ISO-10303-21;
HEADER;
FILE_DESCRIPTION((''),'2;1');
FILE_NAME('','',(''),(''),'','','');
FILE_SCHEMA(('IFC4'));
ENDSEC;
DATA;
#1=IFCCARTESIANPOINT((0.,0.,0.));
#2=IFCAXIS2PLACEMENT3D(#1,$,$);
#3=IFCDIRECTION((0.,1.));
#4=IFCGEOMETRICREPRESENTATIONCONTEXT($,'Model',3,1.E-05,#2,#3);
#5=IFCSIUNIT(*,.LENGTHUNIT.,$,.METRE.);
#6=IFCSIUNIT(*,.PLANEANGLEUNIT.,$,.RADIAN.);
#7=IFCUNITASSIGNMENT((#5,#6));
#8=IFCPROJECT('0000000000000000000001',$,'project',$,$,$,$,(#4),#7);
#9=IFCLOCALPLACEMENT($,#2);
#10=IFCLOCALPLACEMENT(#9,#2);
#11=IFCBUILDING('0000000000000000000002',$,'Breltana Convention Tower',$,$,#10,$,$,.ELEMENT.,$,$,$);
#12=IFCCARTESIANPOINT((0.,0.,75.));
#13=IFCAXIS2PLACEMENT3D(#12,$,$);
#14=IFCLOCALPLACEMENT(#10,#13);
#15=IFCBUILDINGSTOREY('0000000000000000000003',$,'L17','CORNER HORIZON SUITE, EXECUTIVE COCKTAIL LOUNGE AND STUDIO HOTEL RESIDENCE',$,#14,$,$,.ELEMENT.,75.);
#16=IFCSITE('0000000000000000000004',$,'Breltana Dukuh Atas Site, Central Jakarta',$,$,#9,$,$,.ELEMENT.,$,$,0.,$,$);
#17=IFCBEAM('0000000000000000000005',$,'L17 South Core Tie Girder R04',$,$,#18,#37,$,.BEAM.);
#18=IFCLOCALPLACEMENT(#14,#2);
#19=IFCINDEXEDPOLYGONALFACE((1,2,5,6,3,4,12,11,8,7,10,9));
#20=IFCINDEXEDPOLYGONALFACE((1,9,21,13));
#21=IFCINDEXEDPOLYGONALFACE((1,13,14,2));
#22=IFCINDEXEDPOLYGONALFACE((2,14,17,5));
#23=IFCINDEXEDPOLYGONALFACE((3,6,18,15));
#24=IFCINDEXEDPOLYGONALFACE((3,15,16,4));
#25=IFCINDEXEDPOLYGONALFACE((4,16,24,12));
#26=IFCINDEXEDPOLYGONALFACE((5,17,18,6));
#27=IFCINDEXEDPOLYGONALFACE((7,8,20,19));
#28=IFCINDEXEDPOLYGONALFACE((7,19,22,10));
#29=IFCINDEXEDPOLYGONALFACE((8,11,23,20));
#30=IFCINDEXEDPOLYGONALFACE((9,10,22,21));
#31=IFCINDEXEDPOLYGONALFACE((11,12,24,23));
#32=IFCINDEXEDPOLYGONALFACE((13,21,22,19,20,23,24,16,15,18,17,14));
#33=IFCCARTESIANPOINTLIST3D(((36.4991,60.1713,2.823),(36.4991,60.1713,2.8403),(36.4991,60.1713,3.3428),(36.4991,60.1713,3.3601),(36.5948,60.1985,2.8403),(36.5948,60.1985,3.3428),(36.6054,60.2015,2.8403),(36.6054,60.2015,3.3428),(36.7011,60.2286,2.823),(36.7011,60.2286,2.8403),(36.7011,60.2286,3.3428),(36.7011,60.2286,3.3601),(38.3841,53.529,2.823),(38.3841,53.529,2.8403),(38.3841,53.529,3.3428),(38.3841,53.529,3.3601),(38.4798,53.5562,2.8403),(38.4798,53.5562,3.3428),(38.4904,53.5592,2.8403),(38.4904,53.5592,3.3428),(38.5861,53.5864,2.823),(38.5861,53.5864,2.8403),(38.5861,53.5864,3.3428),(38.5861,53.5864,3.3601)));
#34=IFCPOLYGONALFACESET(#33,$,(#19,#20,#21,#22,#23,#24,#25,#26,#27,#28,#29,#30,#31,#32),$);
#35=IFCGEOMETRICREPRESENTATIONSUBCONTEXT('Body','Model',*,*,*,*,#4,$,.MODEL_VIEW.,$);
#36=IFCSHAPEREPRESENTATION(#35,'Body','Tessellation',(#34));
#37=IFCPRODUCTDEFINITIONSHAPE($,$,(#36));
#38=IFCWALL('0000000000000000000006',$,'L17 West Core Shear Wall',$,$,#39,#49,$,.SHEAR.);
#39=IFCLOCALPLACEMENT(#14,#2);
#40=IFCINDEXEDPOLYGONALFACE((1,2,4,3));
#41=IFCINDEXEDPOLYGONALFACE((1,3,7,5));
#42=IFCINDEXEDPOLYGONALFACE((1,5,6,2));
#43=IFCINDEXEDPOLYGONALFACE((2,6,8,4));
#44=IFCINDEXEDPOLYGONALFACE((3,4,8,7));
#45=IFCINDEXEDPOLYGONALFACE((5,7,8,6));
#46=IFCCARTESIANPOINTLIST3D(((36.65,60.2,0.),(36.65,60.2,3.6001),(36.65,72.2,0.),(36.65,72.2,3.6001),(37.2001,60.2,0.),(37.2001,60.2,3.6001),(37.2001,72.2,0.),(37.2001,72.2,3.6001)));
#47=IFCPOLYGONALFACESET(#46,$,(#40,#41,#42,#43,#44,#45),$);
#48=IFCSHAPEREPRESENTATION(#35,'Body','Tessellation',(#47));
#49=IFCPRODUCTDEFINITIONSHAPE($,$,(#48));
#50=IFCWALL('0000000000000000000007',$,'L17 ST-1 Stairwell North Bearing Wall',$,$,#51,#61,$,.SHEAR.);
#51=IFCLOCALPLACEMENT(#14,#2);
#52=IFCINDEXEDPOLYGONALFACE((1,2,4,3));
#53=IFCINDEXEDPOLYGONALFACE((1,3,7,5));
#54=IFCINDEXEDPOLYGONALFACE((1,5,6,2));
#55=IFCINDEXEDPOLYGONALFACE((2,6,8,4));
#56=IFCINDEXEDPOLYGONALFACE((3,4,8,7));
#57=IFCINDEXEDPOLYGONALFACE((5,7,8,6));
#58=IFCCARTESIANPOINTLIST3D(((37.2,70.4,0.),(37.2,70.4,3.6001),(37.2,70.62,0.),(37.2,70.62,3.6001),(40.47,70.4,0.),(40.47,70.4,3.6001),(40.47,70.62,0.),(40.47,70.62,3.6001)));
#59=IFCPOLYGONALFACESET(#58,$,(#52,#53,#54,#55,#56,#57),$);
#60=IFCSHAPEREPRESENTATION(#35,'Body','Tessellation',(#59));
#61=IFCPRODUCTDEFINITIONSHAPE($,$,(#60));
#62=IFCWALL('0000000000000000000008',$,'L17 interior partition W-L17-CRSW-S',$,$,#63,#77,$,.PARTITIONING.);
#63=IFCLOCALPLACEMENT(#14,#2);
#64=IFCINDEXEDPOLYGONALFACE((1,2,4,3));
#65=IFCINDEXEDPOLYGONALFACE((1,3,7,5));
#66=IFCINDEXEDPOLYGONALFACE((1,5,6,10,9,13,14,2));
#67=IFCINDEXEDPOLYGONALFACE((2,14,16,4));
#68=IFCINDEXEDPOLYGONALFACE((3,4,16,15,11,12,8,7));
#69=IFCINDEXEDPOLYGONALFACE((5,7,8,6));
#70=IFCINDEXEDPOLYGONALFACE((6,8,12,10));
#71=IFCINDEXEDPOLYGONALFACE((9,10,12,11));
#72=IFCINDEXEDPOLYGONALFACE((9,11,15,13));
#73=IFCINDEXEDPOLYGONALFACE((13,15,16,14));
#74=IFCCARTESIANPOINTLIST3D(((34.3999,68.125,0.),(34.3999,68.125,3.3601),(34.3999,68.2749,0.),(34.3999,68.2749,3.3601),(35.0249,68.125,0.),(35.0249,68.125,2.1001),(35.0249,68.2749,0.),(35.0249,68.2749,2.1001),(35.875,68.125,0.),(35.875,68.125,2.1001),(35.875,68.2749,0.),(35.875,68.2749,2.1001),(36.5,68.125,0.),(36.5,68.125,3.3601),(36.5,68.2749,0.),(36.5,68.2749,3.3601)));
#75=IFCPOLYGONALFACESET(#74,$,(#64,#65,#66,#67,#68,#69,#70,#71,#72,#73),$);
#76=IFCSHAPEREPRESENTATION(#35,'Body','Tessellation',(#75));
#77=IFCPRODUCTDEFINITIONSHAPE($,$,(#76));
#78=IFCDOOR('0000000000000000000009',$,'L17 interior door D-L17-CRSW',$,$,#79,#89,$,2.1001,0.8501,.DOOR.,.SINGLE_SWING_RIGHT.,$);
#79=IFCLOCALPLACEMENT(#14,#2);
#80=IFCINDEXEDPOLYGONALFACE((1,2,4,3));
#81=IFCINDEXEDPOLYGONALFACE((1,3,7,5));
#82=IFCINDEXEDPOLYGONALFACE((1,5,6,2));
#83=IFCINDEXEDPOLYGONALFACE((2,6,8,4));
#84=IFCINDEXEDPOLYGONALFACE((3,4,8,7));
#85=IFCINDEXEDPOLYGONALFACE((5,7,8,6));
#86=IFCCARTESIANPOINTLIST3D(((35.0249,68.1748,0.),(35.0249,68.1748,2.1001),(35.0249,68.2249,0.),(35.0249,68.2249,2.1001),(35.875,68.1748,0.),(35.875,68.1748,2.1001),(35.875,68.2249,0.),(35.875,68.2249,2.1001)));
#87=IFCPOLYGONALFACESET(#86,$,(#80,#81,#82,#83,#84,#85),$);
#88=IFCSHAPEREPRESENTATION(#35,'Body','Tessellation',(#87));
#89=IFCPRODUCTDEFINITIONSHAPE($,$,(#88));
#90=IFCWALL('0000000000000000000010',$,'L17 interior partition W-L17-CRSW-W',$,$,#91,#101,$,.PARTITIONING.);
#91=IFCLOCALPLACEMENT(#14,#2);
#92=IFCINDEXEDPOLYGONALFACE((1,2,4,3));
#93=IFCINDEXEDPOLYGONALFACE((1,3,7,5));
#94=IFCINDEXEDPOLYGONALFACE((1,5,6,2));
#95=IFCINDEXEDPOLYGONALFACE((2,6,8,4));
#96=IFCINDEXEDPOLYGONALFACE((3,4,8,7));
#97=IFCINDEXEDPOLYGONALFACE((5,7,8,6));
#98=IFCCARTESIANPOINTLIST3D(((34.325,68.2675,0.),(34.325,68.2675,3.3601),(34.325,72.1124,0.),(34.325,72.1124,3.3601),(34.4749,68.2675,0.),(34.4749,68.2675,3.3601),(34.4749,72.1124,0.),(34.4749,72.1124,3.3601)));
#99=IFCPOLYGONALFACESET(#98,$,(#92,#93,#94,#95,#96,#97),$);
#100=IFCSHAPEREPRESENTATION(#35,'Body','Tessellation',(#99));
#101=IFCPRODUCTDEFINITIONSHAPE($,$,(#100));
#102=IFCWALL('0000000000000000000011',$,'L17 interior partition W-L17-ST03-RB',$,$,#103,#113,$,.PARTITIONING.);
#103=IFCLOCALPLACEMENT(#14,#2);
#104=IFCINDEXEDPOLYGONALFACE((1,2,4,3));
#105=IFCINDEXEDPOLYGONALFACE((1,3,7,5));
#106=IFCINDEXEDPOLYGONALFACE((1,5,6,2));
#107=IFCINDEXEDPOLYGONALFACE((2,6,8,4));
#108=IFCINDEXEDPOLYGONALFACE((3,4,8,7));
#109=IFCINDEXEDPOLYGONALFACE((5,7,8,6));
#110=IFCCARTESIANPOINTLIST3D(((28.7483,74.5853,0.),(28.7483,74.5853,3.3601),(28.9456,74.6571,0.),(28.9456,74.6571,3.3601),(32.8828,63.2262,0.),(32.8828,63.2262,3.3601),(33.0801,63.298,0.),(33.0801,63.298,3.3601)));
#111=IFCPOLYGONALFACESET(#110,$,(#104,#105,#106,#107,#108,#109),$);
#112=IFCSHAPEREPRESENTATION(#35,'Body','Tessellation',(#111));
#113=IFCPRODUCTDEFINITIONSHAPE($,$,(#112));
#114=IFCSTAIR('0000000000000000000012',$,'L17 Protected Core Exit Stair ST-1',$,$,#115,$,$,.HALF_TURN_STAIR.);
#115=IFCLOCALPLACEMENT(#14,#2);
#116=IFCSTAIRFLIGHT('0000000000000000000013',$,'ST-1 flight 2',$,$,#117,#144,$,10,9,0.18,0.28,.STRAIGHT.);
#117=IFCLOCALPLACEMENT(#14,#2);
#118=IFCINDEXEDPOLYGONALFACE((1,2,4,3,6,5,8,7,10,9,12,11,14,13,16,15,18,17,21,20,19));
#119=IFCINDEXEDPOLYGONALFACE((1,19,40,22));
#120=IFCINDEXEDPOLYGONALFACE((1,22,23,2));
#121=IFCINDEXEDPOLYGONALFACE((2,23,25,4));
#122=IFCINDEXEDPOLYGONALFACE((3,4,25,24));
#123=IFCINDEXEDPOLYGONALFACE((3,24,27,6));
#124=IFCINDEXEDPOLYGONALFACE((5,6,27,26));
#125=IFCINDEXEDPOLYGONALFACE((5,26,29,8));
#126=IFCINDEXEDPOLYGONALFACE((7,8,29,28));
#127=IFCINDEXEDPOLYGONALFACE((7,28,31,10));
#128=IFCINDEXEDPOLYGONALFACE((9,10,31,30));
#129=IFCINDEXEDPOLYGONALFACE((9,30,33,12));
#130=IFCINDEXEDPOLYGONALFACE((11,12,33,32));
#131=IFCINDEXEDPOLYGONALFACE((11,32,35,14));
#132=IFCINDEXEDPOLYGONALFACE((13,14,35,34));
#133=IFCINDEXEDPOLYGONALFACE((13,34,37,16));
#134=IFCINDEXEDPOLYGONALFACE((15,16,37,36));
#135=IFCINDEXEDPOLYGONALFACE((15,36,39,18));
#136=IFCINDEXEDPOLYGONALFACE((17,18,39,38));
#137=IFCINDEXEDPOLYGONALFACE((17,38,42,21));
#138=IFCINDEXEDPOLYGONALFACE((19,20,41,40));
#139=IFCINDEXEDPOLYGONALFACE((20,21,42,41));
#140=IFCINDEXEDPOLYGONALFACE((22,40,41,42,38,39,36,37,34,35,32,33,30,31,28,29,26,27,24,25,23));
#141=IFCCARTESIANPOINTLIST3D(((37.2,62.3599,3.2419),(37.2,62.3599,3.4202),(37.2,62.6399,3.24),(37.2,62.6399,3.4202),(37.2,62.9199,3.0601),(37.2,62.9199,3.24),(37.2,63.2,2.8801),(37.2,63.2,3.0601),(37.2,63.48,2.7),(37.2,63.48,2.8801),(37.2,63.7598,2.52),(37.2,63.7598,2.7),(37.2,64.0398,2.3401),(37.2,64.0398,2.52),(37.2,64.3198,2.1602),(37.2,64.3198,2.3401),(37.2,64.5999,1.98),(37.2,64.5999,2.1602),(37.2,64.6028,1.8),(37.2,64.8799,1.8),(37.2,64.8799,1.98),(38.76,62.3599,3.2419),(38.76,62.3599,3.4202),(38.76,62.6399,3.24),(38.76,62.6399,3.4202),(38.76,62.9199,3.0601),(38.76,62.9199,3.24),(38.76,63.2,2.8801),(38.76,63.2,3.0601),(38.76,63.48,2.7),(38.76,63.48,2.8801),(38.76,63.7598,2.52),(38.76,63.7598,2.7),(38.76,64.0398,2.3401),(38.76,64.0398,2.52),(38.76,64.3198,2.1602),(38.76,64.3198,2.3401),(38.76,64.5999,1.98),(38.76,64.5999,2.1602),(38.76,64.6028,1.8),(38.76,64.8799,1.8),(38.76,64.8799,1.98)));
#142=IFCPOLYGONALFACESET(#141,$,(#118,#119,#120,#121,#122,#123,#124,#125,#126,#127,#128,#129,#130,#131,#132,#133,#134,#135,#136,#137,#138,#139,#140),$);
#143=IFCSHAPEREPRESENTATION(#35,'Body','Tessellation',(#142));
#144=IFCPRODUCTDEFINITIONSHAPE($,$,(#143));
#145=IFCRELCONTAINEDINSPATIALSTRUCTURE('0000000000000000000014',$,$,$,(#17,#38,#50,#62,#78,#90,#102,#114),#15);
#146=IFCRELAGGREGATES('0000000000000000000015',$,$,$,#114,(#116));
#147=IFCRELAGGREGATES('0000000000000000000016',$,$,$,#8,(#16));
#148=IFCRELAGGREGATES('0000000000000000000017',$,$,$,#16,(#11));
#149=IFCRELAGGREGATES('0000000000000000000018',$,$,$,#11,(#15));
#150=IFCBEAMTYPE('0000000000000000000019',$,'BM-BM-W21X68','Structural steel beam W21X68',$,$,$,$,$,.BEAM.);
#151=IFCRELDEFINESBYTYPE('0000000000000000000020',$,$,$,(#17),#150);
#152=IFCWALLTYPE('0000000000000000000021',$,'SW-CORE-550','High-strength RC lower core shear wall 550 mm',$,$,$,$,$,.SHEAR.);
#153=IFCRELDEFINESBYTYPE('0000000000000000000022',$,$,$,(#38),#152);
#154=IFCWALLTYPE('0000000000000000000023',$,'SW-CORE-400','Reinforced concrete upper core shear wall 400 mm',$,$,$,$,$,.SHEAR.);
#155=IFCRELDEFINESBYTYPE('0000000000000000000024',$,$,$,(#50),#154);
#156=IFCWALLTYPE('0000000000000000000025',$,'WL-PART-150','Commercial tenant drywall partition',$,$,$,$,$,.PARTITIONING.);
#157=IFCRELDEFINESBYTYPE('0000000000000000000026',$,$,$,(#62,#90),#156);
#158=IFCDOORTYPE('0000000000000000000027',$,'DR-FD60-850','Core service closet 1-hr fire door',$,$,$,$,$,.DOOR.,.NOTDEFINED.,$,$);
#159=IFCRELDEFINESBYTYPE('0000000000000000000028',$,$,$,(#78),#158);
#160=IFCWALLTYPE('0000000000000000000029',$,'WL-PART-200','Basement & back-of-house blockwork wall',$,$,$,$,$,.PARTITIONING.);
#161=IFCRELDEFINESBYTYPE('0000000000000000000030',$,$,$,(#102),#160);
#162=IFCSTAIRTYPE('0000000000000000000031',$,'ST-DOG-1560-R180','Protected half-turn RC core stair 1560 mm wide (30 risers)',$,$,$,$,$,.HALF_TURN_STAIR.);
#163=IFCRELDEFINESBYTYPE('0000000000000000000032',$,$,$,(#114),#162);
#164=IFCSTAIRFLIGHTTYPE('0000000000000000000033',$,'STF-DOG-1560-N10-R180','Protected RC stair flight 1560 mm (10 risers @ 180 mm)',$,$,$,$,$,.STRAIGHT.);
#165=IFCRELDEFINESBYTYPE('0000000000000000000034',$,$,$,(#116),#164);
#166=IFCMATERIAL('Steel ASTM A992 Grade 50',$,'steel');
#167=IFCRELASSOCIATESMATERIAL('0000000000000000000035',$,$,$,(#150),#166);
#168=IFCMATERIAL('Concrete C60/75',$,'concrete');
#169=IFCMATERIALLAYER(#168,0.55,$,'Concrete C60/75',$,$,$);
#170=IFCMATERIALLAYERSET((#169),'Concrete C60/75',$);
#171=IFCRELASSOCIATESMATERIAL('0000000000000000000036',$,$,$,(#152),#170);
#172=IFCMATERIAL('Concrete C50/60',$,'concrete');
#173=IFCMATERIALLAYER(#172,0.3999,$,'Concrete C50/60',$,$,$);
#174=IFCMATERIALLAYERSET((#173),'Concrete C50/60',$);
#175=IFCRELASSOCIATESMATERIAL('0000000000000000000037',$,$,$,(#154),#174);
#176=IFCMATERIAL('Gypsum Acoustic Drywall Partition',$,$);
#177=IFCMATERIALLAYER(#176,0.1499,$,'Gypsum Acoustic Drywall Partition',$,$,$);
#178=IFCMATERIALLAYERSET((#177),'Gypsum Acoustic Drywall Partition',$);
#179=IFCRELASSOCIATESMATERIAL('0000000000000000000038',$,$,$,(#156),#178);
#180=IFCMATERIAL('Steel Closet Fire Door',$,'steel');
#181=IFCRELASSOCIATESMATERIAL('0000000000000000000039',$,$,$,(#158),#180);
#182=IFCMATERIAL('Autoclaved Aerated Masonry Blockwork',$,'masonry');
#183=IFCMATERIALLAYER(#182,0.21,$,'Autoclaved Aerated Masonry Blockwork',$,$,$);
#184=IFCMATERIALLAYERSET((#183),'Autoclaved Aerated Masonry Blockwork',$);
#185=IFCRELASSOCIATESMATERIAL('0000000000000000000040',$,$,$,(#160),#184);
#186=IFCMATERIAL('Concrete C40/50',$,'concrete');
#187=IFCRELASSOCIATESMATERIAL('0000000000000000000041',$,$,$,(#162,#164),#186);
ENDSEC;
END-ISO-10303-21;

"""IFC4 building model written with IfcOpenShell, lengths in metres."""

from ifc_helpers import new_model, si_unit, direction, frame, frame_2d, origin, origin_2d, place, context, subcontext, project, spatial, polyline, rectangle, i_section, outline, extrude, source, transform, mapped, material, layer, layer_set, material_profile, profile_set, type_object, type_shapes, element, fill, aggregate, save


model = new_model("IFC4")

# Units and contexts
model_context = context("Model", 3, precision=1e-05, world=origin(), true_north=direction((0.0, 1.0)))
body_context = subcontext(model_context, "Body", "Model", "MODEL_VIEW")
ifc_project = project(units=[si_unit("LENGTHUNIT", "METRE"), si_unit("PLANEANGLEUNIT", "RADIAN")], contexts=[model_context])

# Site, building, storey
site_placement = place(None, origin())
site = spatial("IfcSite", under=ifc_project, at=site_placement, Name="Breltana Dukuh Atas Site, Central Jakarta", CompositionType="ELEMENT", RefElevation=0.0)
building_placement = place(site_placement, origin())
building = spatial("IfcBuilding", under=site, at=building_placement, Name="Breltana Convention Tower", CompositionType="ELEMENT")
storey_placement = place(building_placement, frame((0.0, 0.0, 75.0)))
storey = spatial("IfcBuildingStorey", under=building, at=storey_placement, Name="L17", Description="CORNER HORIZON SUITE, EXECUTIVE COCKTAIL LOUNGE AND STUDIO HOTEL RESIDENCE", CompositionType="ELEMENT", Elevation=75.0)

# Beam
ifc_material_1 = material(Name="Steel ASTM A992 Grade 50", Category="steel")
ifc_material_profile = material_profile(ifc_material_1, i_section(OverallWidth=0.21, OverallDepth=0.5371, WebThickness=0.011, FlangeThickness=0.0173, at=origin_2d()), Name="W21X68")
ifc_profile_set = profile_set([ifc_material_profile], Name="Steel ASTM A992 Grade 50")
beam_type = type_object("IfcBeamType", Name="BM-BM-W21X68", Description="Structural steel beam W21X68", PredefinedType="BEAM", material=ifc_profile_set)
shared_shape_1 = source(origin(), body_context, "Body", "SweptSolid", [
    extrude(i_section(OverallWidth=0.21, OverallDepth=0.5371, WebThickness=0.011, FlangeThickness=0.0173, at=origin_2d()), origin(), (0.0, 0.0, 1.0), 6.9045),
])
type_shapes(beam_type, [shared_shape_1])
beam_placement = place(storey_placement, frame((36.6001, 60.2, 3.0916), z_axis=(0.273007, -0.962012, 0.0), x_axis=(0.962012, 0.273007, 0.0)))
element("IfcBeam", 1, at=beam_placement, inside=storey, type_object=beam_type, Name="L17 South Core Tie Girder R04", PredefinedType="BEAM", context=body_context, shape_type="MappedRepresentation", body=[
    mapped(shared_shape_1, transform((0.0, 0.0, 0.0), scale=1.0)),
])

# Wall
ifc_material_2 = material(Name="Concrete C60/75", Category="concrete")
ifc_layer_1 = layer(ifc_material_2, 0.55, Name="Concrete C60/75")
ifc_layer_set_1 = layer_set([ifc_layer_1], Name="Concrete C60/75")
wall_type_1 = type_object("IfcWallType", Name="SW-CORE-550", Description="High-strength RC lower core shear wall 550 mm", PredefinedType="SHEAR", material=ifc_layer_set_1)
shared_shape_2 = source(origin(), body_context, "Body", "SweptSolid", [
    extrude(rectangle(XDim=12.0, YDim=0.55, at=frame_2d((6.0, 0.0))), origin(), (0.0, 0.0, 1.0), 3.6001),
])
wall_1_placement = place(storey_placement, frame((36.925, 60.2, 0.0), z_axis=(0.0, 0.0, 1.0), x_axis=(0.0, 1.0, 0.0)))
element("IfcWall", 2, at=wall_1_placement, inside=storey, type_object=wall_type_1, Name="L17 West Core Shear Wall", PredefinedType="SHEAR", context=body_context, shape_type="MappedRepresentation", body=[
    mapped(shared_shape_2, transform((0.0, 0.0, 0.0), scale=1.0)),
])

# Wall
ifc_material_3 = material(Name="Concrete C50/60", Category="concrete")
ifc_layer_2 = layer(ifc_material_3, 0.3999, Name="Concrete C50/60")
ifc_layer_set_2 = layer_set([ifc_layer_2], Name="Concrete C50/60")
wall_type_2 = type_object("IfcWallType", Name="SW-CORE-400", Description="Reinforced concrete upper core shear wall 400 mm", PredefinedType="SHEAR", material=ifc_layer_set_2)
shared_shape_3 = source(origin(), body_context, "Body", "SweptSolid", [
    extrude(rectangle(XDim=3.27, YDim=0.22, at=frame_2d((1.635, 0.0))), origin(), (0.0, 0.0, 1.0), 3.6001),
])
wall_2_placement = place(storey_placement, frame((37.2, 70.51, 0.0), z_axis=(0.0, 0.0, 1.0), x_axis=(1.0, 0.0, 0.0)))
element("IfcWall", 3, at=wall_2_placement, inside=storey, type_object=wall_type_2, Name="L17 ST-1 Stairwell North Bearing Wall", PredefinedType="SHEAR", context=body_context, shape_type="MappedRepresentation", body=[
    mapped(shared_shape_3, transform((0.0, 0.0, 0.0), scale=1.0)),
])

# Wall, opening, door
ifc_material_4 = material(Name="Gypsum Acoustic Drywall Partition")
ifc_layer_3 = layer(ifc_material_4, 0.1499, Name="Gypsum Acoustic Drywall Partition")
ifc_layer_set_3 = layer_set([ifc_layer_3], Name="Gypsum Acoustic Drywall Partition")
wall_type_3 = type_object("IfcWallType", Name="WL-PART-150", Description="Commercial tenant drywall partition", PredefinedType="PARTITIONING", material=ifc_layer_set_3)
shared_shape_4 = source(origin(), body_context, "Body", "SweptSolid", [
    extrude(rectangle(XDim=2.1001, YDim=0.1499, at=frame_2d((1.05, 0.0))), origin(), (0.0, 0.0, 1.0), 3.3601),
])
wall_3_placement = place(storey_placement, frame((34.3999, 68.2, 0.0), z_axis=(0.0, 0.0, 1.0), x_axis=(1.0, 0.0, 0.0)))
wall_3 = element("IfcWall", 4, at=wall_3_placement, inside=storey, type_object=wall_type_3, Name="L17 interior partition W-L17-CRSW-S", PredefinedType="PARTITIONING", context=body_context, shape_type="MappedRepresentation", body=[
    mapped(shared_shape_4, transform((0.0, 0.0, 0.0), scale=1.0)),
])
opening_1_placement = place(wall_3_placement, frame((0.625, 0.0, 0.0)))
opening_1 = element("IfcOpeningElement", 5, at=opening_1_placement, cuts=wall_3, PredefinedType="OPENING", context=body_context, shape_type="SweptSolid", body=[
    extrude(rectangle(XDim=0.8501, YDim=2.1001, at=frame_2d((0.425, 1.05))), frame((0.0, 0.085, 0.0), z_axis=(0.0, -1.0, 0.0), x_axis=(1.0, 0.0, 0.0)), (0.0, 0.0, 1.0), 0.1699),
])
ifc_material_5 = material(Name="Steel Closet Fire Door", Category="steel")
door_type_1 = type_object("IfcDoorType", Name="DR-FD60-850", Description="Core service closet 1-hr fire door", OperationType="NOTDEFINED", PredefinedType="DOOR", material=ifc_material_5)
shared_shape_5 = source(origin(), body_context, "Body", "SweptSolid", [
    extrude(rectangle(XDim=0.8501, YDim=2.1001, at=frame_2d((0.425, 1.05))), frame((0.0, 0.0249, 0.0), z_axis=(0.0, -1.0, 0.0), x_axis=(1.0, 0.0, 0.0)), (0.0, 0.0, 1.0), 0.05),
])
type_shapes(door_type_1, [shared_shape_5])
door_1_placement = place(opening_1_placement, origin())
door_1 = element("IfcDoor", 6, at=door_1_placement, inside=storey, type_object=door_type_1, Name="L17 interior door D-L17-CRSW", OperationType="SINGLE_SWING_RIGHT", OverallHeight=2.1001, OverallWidth=0.8501, PredefinedType="DOOR", context=body_context, shape_type="MappedRepresentation", body=[
    mapped(shared_shape_5, transform((0.0, 0.0, 0.0), scale=1.0)),
])
fill(opening_1, door_1)

# Walls
shared_shape_6 = source(origin(), body_context, "Body", "SweptSolid", [
    extrude(rectangle(XDim=3.845, YDim=0.1499, at=frame_2d((1.9224, 0.0))), origin(), (0.0, 0.0, 1.0), 3.3601),
])
wall_4_placement = place(storey_placement, frame((34.3999, 68.2676, 0.0), z_axis=(0.0, 0.0, 1.0), x_axis=(0.0, 1.0, 0.0)))
element("IfcWall", 7, at=wall_4_placement, inside=storey, type_object=wall_type_3, Name="L17 interior partition W-L17-CRSW-W", PredefinedType="PARTITIONING", context=body_context, shape_type="MappedRepresentation", body=[
    mapped(shared_shape_6, transform((0.0, 0.0, 0.0), scale=1.0)),
])
ifc_material_6 = material(Name="Autoclaved Aerated Masonry Blockwork", Category="masonry")
ifc_layer_4 = layer(ifc_material_6, 0.21, Name="Autoclaved Aerated Masonry Blockwork")
ifc_layer_set_4 = layer_set([ifc_layer_4], Name="Autoclaved Aerated Masonry Blockwork")
wall_type_4 = type_object("IfcWallType", Name="WL-PART-200", Description="Basement & back-of-house blockwork wall", PredefinedType="PARTITIONING", material=ifc_layer_set_4)
shared_shape_7 = source(origin(), body_context, "Body", "SweptSolid", [
    extrude(rectangle(XDim=12.0881, YDim=0.21, at=frame_2d((6.0439, 0.0))), origin(), (0.0, 0.0, 1.0), 3.3601),
])
wall_5_placement = place(storey_placement, frame((32.9814, 63.2622, 0.0), z_axis=(0.0, 0.0, 1.0), x_axis=(-0.34203, 0.939689, 0.0)))
element("IfcWall", 8, at=wall_5_placement, inside=storey, type_object=wall_type_4, Name="L17 interior partition W-L17-ST03-RB", PredefinedType="PARTITIONING", context=body_context, shape_type="MappedRepresentation", body=[
    mapped(shared_shape_7, transform((0.0, 0.0, 0.0), scale=1.0)),
])

# Stair, stair flight
ifc_material_7 = material(Name="Concrete C40/50", Category="concrete")
stair_type = type_object("IfcStairType", Name="ST-DOG-1560-R180", Description="Protected half-turn RC core stair 1560 mm wide (30 risers)", PredefinedType="HALF_TURN_STAIR", material=ifc_material_7)
stair_placement = place(storey_placement, origin())
stair = element("IfcStair", 9, at=stair_placement, inside=storey, type_object=stair_type, Name="L17 Protected Core Exit Stair ST-1", PredefinedType="HALF_TURN_STAIR")
stair_flight_type = type_object("IfcStairFlightType", Name="STF-DOG-1560-N10-R180", Description="Protected RC stair flight 1560 mm (10 risers @ 180 mm)", PredefinedType="STRAIGHT", material=ifc_material_7)
stair_flight_placement = place(storey_placement, frame((37.98, 64.8799, 1.8), z_axis=(0.0, 0.0, 1.0), x_axis=(0.0, -1.0, 0.0)))
stair_flight = element("IfcStairFlight", 10, at=stair_flight_placement, type_object=stair_flight_type, Name="ST-1 flight 2", NumberOfRisers=10, NumberOfTreads=9, PredefinedType="STRAIGHT", RiserHeight=0.18, TreadLength=0.28, context=body_context, shape_type="SweptSolid", body=[
    extrude(outline(polyline([(0.0, 0.0), (0.0, 0.1799), (0.28, 0.1799), (0.28, 0.3601), (0.5601, 0.3601), (0.5601, 0.54), (0.8401, 0.54), (0.8401, 0.72), (1.1201, 0.72), (1.1201, 0.8999), (1.3999, 0.8999), (1.3999, 1.0801), (1.6799, 1.0801), (1.6799, 1.26), (1.96, 1.26), (1.96, 1.4399), (2.24, 1.4399), (2.24, 1.6201), (2.52, 1.6201), (2.52, 1.8), (2.52, 1.4419), (0.2771, 0.0), (0.0, 0.0)])), frame((0.0, 0.78, 0.0), z_axis=(0.0, -1.0, 0.0), x_axis=(1.0, 0.0, 0.0)), (0.0, 0.0, 1.0), 1.5601),
])
aggregate(stair, [stair_flight])

save(model, "model.ifc")
